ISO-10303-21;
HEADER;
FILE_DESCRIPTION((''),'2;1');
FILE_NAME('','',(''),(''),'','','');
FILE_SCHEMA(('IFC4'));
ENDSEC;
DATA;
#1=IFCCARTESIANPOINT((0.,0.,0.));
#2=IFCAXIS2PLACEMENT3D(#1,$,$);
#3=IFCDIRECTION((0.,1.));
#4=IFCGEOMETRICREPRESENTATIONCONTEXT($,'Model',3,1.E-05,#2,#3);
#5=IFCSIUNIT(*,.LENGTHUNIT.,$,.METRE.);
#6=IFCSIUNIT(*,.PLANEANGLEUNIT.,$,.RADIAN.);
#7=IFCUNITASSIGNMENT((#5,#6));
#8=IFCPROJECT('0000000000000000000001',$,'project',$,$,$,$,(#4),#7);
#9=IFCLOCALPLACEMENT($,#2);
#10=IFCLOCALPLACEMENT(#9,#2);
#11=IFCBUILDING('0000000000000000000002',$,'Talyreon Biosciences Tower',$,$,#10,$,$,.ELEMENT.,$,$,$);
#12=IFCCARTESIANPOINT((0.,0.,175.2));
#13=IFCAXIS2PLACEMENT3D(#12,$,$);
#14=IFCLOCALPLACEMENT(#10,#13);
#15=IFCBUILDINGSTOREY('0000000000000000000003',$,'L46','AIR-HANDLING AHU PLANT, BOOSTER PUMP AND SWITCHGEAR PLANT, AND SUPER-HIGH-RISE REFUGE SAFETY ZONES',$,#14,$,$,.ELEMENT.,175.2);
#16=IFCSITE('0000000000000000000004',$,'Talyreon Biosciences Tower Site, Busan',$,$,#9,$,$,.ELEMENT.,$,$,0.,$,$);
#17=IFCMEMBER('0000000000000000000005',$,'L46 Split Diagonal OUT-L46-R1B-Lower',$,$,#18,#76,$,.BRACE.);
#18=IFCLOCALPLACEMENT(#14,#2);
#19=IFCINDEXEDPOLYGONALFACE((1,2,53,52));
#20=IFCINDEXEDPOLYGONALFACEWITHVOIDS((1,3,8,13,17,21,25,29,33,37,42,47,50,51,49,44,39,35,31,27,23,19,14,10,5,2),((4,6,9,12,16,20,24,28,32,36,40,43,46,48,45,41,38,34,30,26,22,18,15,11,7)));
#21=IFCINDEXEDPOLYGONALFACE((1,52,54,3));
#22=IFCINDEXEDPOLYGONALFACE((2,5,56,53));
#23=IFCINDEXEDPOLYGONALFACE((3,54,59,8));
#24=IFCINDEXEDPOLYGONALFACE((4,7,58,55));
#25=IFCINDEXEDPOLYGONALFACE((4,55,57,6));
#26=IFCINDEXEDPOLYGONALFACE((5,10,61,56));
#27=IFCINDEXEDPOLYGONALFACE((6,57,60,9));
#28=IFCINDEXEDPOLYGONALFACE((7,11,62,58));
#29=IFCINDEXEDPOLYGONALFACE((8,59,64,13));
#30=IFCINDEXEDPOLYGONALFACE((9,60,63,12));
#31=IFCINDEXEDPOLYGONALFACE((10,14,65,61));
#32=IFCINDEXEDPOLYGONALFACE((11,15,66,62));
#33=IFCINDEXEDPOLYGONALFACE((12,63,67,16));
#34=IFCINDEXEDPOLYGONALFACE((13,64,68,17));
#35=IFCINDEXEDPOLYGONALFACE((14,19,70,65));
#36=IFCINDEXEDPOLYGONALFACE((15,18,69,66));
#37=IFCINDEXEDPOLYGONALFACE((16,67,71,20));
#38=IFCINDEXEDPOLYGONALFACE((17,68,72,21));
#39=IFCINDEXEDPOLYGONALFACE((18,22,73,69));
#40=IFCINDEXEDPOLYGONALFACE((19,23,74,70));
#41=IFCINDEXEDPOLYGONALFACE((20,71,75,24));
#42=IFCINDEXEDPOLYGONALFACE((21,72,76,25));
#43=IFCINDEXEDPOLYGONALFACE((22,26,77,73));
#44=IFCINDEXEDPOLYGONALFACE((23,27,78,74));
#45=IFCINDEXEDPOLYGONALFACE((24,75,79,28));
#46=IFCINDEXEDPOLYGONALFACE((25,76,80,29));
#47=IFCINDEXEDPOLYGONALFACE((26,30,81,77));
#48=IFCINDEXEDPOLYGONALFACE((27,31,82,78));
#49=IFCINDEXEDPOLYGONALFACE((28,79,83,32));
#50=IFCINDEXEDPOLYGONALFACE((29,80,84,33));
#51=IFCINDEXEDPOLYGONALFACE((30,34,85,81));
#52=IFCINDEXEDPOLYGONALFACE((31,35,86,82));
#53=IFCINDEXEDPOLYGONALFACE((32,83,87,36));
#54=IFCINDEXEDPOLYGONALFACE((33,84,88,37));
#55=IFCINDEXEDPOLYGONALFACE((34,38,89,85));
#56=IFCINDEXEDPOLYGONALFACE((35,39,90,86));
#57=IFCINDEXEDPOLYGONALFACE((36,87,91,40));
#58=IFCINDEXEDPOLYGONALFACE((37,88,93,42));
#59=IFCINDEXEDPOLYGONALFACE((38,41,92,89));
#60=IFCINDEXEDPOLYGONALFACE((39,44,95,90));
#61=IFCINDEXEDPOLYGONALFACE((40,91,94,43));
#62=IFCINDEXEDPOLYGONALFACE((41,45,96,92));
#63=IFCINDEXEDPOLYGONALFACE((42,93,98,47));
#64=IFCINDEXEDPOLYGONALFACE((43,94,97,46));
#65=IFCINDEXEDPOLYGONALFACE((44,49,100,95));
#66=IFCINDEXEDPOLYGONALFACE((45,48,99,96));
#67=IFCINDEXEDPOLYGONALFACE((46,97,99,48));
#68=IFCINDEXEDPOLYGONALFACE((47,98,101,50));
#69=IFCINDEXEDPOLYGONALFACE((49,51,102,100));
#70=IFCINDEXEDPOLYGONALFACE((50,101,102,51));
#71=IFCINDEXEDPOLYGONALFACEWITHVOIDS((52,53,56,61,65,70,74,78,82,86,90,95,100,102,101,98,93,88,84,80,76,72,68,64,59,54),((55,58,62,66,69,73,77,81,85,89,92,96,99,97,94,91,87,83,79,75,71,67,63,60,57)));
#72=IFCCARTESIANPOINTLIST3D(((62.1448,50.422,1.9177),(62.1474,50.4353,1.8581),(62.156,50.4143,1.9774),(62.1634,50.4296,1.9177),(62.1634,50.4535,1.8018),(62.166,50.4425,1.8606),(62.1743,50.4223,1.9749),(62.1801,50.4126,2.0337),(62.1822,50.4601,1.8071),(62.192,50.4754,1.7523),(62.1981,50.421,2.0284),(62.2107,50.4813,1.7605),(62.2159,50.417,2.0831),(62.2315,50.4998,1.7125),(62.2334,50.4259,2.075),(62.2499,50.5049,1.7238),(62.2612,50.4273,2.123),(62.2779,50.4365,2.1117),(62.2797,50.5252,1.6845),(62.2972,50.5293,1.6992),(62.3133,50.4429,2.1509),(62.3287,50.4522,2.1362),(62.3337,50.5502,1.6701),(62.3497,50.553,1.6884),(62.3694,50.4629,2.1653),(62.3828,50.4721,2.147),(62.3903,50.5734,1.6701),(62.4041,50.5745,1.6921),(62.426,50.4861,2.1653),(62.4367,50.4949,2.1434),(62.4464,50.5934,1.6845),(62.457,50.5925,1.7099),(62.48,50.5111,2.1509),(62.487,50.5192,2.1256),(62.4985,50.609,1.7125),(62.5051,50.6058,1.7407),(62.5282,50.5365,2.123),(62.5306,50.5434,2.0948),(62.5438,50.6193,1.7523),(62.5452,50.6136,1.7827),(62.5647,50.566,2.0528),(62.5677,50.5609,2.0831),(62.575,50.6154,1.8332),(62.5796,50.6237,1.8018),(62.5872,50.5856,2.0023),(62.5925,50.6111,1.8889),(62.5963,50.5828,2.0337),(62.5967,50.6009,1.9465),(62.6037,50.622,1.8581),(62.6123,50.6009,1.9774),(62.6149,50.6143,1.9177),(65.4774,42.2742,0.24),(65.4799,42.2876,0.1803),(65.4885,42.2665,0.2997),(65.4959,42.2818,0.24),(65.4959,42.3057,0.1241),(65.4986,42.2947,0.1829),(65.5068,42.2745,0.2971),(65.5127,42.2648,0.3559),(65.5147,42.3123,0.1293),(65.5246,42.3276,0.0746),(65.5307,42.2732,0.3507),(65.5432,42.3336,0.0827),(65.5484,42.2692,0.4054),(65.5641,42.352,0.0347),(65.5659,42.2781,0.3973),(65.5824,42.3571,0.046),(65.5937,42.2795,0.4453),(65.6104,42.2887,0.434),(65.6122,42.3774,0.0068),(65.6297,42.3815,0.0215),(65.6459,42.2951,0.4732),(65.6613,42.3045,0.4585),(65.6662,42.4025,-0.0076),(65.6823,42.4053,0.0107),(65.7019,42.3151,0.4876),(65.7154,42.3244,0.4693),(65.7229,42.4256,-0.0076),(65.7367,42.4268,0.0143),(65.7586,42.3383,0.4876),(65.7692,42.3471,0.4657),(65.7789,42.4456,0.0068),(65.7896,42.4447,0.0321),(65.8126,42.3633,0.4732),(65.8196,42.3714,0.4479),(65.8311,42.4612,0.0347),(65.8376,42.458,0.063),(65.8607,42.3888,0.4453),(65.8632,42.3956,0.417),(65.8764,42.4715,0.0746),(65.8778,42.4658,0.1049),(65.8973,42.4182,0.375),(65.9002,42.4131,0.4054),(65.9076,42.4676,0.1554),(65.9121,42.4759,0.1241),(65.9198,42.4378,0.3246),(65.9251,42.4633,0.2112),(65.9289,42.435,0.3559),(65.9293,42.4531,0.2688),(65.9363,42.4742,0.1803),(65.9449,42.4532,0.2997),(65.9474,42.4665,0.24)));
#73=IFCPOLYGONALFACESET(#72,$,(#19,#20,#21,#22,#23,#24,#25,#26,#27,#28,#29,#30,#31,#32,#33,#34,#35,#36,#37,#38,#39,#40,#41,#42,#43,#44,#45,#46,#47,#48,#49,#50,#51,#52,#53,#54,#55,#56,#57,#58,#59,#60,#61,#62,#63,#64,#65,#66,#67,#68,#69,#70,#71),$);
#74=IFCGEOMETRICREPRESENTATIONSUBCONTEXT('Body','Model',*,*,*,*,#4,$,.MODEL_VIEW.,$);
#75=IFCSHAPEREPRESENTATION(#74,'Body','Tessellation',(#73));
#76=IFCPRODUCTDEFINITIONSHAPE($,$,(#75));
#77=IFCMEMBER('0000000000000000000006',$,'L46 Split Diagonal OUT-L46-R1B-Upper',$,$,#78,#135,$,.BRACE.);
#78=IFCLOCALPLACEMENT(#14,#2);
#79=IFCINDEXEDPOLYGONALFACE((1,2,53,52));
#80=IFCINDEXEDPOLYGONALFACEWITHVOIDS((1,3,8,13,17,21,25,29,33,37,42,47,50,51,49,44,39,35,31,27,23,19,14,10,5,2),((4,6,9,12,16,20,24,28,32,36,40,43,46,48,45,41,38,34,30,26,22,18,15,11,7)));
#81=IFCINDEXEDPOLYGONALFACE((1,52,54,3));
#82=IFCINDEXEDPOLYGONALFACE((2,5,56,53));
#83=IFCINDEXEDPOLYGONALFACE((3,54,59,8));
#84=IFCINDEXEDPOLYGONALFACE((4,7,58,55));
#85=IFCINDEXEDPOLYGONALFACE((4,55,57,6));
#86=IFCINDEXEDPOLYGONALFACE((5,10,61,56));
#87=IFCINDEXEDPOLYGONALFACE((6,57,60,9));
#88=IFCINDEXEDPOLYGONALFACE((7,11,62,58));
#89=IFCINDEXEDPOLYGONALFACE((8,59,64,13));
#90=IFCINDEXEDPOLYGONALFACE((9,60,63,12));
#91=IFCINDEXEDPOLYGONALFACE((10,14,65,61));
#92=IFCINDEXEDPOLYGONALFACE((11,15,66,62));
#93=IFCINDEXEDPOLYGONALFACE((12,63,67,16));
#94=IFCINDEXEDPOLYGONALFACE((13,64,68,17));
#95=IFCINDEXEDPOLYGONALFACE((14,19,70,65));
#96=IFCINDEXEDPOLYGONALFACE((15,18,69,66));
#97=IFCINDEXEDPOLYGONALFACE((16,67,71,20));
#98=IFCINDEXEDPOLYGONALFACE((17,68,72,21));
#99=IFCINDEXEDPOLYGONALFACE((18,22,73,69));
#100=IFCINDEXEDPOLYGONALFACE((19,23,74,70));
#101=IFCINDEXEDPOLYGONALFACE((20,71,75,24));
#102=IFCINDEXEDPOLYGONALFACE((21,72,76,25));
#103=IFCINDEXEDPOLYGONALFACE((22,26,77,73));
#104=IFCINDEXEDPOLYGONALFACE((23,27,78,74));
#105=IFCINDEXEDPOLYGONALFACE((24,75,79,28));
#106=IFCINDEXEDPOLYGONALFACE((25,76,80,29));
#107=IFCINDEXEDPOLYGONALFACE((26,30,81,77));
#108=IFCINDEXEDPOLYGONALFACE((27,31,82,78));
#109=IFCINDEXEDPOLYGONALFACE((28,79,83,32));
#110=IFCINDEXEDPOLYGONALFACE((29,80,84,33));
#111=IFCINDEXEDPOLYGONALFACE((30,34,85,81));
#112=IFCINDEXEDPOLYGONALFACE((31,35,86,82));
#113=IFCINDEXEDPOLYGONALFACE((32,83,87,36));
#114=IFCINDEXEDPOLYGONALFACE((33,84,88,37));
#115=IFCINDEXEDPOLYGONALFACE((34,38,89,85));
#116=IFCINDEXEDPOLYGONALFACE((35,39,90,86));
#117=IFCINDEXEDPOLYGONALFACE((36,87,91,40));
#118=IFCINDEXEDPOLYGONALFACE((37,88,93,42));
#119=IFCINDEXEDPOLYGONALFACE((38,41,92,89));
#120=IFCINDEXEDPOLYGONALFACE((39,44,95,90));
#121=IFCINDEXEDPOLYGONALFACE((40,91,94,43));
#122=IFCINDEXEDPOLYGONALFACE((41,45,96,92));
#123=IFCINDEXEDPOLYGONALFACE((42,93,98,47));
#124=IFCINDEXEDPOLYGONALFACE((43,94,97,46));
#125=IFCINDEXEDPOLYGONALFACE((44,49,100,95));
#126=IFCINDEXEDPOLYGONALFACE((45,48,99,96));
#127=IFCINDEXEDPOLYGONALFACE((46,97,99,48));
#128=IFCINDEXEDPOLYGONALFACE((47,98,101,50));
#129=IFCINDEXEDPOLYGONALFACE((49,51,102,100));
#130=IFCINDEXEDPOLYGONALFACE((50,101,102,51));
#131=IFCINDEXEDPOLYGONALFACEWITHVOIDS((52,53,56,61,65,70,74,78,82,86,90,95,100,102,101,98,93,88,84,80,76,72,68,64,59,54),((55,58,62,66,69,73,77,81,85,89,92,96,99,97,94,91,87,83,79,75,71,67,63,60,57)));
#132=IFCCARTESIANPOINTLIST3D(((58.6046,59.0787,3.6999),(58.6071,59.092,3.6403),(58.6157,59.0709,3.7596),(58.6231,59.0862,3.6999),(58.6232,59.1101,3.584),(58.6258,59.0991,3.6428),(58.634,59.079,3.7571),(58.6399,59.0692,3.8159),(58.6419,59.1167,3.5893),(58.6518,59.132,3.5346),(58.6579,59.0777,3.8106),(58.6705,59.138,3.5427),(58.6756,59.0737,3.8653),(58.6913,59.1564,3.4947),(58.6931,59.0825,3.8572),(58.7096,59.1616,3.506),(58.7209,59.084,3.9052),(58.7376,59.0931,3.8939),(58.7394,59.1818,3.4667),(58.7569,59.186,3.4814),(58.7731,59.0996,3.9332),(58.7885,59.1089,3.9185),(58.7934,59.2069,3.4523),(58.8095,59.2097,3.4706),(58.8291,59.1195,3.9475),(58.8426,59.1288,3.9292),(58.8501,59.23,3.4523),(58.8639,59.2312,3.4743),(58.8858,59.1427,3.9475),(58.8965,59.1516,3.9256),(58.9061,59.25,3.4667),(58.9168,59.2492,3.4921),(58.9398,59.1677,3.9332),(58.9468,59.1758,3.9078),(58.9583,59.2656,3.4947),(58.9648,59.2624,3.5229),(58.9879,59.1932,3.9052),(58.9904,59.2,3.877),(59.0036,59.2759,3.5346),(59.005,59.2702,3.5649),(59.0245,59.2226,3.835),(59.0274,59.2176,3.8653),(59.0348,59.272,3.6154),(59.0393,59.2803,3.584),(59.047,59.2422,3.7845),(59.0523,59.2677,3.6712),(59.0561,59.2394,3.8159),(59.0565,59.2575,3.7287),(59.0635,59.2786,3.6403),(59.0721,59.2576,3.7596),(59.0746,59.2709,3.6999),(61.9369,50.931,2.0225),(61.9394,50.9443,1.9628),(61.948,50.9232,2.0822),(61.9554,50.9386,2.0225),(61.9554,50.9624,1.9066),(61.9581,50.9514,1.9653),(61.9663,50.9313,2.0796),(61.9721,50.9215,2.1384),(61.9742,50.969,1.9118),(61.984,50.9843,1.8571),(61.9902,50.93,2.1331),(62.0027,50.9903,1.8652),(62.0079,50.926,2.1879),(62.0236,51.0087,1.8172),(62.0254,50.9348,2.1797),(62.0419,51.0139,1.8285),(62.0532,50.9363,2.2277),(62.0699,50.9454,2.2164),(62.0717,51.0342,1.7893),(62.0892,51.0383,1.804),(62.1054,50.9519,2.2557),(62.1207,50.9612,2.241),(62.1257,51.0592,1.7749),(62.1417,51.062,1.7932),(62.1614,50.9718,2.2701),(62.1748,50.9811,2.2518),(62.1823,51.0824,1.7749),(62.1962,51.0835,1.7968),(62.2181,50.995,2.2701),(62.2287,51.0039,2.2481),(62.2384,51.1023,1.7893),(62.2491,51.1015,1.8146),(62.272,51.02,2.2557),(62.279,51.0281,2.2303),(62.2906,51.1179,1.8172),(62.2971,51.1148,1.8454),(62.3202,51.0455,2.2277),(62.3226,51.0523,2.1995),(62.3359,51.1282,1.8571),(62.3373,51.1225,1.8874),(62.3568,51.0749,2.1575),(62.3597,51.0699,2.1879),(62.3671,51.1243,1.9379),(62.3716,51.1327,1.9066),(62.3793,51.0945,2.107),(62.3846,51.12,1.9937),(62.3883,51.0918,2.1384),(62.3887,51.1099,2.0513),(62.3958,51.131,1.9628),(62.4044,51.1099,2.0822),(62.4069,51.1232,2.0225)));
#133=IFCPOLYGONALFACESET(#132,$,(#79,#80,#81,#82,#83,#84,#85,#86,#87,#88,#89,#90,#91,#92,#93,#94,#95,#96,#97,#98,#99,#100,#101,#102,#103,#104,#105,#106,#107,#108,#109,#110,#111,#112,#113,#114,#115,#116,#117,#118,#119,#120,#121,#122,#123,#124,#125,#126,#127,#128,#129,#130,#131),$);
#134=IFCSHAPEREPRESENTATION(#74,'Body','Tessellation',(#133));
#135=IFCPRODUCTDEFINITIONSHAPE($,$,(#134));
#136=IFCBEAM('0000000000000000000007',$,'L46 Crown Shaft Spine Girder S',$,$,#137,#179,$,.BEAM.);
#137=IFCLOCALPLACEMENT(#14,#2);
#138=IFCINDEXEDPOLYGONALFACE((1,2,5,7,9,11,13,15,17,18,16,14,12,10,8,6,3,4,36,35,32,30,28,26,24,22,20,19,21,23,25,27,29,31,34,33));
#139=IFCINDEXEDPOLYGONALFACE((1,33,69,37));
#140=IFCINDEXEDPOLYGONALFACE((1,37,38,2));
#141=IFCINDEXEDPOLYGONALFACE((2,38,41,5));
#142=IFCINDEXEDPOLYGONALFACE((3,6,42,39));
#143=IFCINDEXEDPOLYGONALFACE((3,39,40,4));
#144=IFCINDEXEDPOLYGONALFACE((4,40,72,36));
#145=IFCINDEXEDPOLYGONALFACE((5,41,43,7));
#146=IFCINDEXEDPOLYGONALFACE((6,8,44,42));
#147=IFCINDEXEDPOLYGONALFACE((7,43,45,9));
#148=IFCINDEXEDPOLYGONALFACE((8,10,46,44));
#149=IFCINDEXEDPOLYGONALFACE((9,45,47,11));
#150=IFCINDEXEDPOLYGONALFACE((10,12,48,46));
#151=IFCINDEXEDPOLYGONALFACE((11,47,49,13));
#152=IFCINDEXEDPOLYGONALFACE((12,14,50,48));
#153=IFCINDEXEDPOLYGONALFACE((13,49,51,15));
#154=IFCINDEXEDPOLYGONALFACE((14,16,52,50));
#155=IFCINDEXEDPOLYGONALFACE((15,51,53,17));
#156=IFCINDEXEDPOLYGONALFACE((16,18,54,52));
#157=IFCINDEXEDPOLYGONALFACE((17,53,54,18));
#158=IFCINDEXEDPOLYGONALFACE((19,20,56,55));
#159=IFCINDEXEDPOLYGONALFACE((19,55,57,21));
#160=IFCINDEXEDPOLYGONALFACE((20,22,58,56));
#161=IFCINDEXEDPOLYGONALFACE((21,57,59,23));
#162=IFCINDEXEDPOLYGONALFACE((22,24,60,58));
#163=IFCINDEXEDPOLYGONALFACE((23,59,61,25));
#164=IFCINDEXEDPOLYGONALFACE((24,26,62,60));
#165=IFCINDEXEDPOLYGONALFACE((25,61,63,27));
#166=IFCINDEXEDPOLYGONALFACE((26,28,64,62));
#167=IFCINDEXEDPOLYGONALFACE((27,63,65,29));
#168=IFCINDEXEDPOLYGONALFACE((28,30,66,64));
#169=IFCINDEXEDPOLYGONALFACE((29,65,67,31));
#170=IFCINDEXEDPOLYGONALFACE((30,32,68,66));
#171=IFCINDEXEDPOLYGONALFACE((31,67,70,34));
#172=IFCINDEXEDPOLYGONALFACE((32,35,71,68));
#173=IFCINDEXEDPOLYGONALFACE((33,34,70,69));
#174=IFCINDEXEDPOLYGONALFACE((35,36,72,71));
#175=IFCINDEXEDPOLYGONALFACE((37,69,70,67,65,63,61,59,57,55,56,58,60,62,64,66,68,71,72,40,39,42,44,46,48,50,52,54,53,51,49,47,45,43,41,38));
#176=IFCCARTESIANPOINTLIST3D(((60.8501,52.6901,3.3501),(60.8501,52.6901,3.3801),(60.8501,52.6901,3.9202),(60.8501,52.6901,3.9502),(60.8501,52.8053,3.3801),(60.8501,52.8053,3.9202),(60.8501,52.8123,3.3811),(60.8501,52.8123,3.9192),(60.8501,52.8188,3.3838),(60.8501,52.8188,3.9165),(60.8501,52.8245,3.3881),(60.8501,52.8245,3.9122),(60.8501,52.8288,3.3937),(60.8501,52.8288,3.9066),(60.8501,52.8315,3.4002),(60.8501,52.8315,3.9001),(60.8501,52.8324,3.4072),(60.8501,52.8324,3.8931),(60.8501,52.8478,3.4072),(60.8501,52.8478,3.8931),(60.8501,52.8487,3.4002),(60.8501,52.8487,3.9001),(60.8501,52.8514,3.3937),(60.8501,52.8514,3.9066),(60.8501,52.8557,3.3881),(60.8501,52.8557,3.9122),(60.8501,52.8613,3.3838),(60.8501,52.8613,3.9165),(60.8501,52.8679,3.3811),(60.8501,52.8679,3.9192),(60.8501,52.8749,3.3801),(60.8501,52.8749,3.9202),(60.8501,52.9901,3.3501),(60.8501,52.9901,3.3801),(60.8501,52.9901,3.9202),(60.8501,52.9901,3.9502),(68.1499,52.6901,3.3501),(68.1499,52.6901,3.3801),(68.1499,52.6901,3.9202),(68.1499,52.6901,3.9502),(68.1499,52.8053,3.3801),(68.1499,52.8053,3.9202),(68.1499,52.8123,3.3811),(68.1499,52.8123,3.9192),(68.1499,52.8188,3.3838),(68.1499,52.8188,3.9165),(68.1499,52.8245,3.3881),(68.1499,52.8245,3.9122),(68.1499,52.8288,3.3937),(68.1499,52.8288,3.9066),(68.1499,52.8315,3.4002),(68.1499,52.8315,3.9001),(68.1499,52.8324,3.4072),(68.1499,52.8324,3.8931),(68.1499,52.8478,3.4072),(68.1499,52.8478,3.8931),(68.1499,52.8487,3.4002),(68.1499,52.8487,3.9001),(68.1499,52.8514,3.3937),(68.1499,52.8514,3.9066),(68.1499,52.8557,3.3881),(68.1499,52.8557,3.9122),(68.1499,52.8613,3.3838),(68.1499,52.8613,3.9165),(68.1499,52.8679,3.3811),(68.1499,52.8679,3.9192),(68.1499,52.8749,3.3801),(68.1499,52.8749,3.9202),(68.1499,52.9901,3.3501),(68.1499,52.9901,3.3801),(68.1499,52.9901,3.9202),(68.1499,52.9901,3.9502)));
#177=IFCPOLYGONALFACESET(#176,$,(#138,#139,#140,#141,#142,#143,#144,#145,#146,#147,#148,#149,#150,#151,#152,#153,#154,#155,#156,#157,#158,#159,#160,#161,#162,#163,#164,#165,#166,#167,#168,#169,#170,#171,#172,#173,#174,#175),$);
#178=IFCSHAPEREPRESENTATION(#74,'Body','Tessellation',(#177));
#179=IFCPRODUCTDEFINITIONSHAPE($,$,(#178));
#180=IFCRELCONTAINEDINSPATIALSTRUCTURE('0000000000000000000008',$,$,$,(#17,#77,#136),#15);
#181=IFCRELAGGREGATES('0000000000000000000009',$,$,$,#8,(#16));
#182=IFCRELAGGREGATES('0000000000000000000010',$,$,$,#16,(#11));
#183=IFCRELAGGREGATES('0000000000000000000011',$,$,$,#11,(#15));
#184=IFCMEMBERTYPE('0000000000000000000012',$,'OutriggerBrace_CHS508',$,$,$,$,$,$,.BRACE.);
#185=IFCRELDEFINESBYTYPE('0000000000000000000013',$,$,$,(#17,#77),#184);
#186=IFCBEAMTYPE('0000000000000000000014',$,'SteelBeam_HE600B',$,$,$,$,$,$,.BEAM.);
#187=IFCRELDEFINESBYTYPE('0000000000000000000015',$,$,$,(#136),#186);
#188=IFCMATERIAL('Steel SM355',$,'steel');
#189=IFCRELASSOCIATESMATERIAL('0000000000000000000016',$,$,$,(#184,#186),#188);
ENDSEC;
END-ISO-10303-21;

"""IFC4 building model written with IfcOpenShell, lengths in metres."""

from ifc_helpers import new_model, si_unit, direction, frame, origin, origin_2d, place, context, subcontext, project, spatial, hollow_circle, i_section, extrude, material, material_profile, profile_set, type_object, element, save


model = new_model("IFC4")

# Units and contexts
model_context = context("Model", 3, precision=1e-05, world=origin(), true_north=direction((0.0, 1.0)))
body_context = subcontext(model_context, "Body", "Model", "MODEL_VIEW")
ifc_project = project(units=[si_unit("LENGTHUNIT", "METRE"), si_unit("PLANEANGLEUNIT", "RADIAN")], contexts=[model_context])

# Site, building, storey
site_placement = place(None, origin())
site = spatial("IfcSite", under=ifc_project, at=site_placement, Name="Talyreon Biosciences Tower Site, Busan", CompositionType="ELEMENT", RefElevation=0.0)
building_placement = place(site_placement, origin())
building = spatial("IfcBuilding", under=site, at=building_placement, Name="Talyreon Biosciences Tower", CompositionType="ELEMENT")
storey_placement = place(building_placement, frame((0.0, 0.0, 175.2)))
storey = spatial("IfcBuildingStorey", under=building, at=storey_placement, Name="L46", Description="AIR-HANDLING AHU PLANT, BOOSTER PUMP AND SWITCHGEAR PLANT, AND SUPER-HIGH-RISE REFUGE SAFETY ZONES", CompositionType="ELEMENT", Elevation=175.2)

# Shared definitions
ifc_material_1 = material(Name="Steel SM355", Category="steel")

# Members
ifc_material_profile_1 = material_profile(ifc_material_1, hollow_circle(Radius=0.2539, WallThickness=0.02, at=origin_2d()), Name="CHS 508x20")
ifc_profile_set_1 = profile_set([ifc_material_profile_1], Name="Steel SM355")
member_type_1 = type_object("IfcMemberType", Name="OutriggerBrace_CHS508", PredefinedType="BRACE", material=ifc_profile_set_1)
member_1_placement = place(storey_placement, frame((65.7124, 42.3704, 0.24), z_axis=(-0.371877, 0.909206, 0.187219), x_axis=(-0.925572, -0.378571, 0.0)))
element("IfcMember", 1, at=member_1_placement, inside=storey, type_object=member_type_1, Name="L46 Split Diagonal OUT-L46-R1B-Lower", PredefinedType="BRACE", context=body_context, shape_type="SweptSolid", body=[
    extrude(hollow_circle(Radius=0.2539, WallThickness=0.02, at=origin_2d()), origin(), (0.0, 0.0, 1.0), 8.9614),
])
member_2_placement = place(storey_placement, frame((62.1719, 51.0271, 2.0225), z_axis=(-0.371856, 0.90922, 0.187195), x_axis=(-0.925582, -0.378548, 0.0)))
element("IfcMember", 2, at=member_2_placement, inside=storey, type_object=member_type_1, Name="L46 Split Diagonal OUT-L46-R1B-Upper", PredefinedType="BRACE", context=body_context, shape_type="SweptSolid", body=[
    extrude(hollow_circle(Radius=0.2539, WallThickness=0.02, at=origin_2d()), origin(), (0.0, 0.0, 1.0), 8.9612),
])

# Beam
ifc_material_profile_2 = material_profile(ifc_material_1, i_section(OverallWidth=0.3, OverallDepth=0.6001, WebThickness=0.0154, FlangeThickness=0.03, FilletRadius=0.0271, at=origin_2d()), Name="HE600B")
ifc_profile_set_2 = profile_set([ifc_material_profile_2], Name="Steel SM355")
beam_type = type_object("IfcBeamType", Name="SteelBeam_HE600B", PredefinedType="BEAM", material=ifc_profile_set_2)
beam_1_placement = place(storey_placement, frame((60.8501, 52.8401, 3.6501), z_axis=(1.0, 0.0, 0.0), x_axis=(0.0, 1.0, 0.0)))
element("IfcBeam", 3, at=beam_1_placement, inside=storey, type_object=beam_type, Name="L46 Crown Shaft Spine Girder S", PredefinedType="BEAM", context=body_context, shape_type="SweptSolid", body=[
    extrude(i_section(OverallWidth=0.3, OverallDepth=0.6001, WebThickness=0.0154, FlangeThickness=0.03, FilletRadius=0.0271, at=origin_2d()), origin(), (0.0, 0.0, 1.0), 7.2998),
])

save(model, "model.ifc")
